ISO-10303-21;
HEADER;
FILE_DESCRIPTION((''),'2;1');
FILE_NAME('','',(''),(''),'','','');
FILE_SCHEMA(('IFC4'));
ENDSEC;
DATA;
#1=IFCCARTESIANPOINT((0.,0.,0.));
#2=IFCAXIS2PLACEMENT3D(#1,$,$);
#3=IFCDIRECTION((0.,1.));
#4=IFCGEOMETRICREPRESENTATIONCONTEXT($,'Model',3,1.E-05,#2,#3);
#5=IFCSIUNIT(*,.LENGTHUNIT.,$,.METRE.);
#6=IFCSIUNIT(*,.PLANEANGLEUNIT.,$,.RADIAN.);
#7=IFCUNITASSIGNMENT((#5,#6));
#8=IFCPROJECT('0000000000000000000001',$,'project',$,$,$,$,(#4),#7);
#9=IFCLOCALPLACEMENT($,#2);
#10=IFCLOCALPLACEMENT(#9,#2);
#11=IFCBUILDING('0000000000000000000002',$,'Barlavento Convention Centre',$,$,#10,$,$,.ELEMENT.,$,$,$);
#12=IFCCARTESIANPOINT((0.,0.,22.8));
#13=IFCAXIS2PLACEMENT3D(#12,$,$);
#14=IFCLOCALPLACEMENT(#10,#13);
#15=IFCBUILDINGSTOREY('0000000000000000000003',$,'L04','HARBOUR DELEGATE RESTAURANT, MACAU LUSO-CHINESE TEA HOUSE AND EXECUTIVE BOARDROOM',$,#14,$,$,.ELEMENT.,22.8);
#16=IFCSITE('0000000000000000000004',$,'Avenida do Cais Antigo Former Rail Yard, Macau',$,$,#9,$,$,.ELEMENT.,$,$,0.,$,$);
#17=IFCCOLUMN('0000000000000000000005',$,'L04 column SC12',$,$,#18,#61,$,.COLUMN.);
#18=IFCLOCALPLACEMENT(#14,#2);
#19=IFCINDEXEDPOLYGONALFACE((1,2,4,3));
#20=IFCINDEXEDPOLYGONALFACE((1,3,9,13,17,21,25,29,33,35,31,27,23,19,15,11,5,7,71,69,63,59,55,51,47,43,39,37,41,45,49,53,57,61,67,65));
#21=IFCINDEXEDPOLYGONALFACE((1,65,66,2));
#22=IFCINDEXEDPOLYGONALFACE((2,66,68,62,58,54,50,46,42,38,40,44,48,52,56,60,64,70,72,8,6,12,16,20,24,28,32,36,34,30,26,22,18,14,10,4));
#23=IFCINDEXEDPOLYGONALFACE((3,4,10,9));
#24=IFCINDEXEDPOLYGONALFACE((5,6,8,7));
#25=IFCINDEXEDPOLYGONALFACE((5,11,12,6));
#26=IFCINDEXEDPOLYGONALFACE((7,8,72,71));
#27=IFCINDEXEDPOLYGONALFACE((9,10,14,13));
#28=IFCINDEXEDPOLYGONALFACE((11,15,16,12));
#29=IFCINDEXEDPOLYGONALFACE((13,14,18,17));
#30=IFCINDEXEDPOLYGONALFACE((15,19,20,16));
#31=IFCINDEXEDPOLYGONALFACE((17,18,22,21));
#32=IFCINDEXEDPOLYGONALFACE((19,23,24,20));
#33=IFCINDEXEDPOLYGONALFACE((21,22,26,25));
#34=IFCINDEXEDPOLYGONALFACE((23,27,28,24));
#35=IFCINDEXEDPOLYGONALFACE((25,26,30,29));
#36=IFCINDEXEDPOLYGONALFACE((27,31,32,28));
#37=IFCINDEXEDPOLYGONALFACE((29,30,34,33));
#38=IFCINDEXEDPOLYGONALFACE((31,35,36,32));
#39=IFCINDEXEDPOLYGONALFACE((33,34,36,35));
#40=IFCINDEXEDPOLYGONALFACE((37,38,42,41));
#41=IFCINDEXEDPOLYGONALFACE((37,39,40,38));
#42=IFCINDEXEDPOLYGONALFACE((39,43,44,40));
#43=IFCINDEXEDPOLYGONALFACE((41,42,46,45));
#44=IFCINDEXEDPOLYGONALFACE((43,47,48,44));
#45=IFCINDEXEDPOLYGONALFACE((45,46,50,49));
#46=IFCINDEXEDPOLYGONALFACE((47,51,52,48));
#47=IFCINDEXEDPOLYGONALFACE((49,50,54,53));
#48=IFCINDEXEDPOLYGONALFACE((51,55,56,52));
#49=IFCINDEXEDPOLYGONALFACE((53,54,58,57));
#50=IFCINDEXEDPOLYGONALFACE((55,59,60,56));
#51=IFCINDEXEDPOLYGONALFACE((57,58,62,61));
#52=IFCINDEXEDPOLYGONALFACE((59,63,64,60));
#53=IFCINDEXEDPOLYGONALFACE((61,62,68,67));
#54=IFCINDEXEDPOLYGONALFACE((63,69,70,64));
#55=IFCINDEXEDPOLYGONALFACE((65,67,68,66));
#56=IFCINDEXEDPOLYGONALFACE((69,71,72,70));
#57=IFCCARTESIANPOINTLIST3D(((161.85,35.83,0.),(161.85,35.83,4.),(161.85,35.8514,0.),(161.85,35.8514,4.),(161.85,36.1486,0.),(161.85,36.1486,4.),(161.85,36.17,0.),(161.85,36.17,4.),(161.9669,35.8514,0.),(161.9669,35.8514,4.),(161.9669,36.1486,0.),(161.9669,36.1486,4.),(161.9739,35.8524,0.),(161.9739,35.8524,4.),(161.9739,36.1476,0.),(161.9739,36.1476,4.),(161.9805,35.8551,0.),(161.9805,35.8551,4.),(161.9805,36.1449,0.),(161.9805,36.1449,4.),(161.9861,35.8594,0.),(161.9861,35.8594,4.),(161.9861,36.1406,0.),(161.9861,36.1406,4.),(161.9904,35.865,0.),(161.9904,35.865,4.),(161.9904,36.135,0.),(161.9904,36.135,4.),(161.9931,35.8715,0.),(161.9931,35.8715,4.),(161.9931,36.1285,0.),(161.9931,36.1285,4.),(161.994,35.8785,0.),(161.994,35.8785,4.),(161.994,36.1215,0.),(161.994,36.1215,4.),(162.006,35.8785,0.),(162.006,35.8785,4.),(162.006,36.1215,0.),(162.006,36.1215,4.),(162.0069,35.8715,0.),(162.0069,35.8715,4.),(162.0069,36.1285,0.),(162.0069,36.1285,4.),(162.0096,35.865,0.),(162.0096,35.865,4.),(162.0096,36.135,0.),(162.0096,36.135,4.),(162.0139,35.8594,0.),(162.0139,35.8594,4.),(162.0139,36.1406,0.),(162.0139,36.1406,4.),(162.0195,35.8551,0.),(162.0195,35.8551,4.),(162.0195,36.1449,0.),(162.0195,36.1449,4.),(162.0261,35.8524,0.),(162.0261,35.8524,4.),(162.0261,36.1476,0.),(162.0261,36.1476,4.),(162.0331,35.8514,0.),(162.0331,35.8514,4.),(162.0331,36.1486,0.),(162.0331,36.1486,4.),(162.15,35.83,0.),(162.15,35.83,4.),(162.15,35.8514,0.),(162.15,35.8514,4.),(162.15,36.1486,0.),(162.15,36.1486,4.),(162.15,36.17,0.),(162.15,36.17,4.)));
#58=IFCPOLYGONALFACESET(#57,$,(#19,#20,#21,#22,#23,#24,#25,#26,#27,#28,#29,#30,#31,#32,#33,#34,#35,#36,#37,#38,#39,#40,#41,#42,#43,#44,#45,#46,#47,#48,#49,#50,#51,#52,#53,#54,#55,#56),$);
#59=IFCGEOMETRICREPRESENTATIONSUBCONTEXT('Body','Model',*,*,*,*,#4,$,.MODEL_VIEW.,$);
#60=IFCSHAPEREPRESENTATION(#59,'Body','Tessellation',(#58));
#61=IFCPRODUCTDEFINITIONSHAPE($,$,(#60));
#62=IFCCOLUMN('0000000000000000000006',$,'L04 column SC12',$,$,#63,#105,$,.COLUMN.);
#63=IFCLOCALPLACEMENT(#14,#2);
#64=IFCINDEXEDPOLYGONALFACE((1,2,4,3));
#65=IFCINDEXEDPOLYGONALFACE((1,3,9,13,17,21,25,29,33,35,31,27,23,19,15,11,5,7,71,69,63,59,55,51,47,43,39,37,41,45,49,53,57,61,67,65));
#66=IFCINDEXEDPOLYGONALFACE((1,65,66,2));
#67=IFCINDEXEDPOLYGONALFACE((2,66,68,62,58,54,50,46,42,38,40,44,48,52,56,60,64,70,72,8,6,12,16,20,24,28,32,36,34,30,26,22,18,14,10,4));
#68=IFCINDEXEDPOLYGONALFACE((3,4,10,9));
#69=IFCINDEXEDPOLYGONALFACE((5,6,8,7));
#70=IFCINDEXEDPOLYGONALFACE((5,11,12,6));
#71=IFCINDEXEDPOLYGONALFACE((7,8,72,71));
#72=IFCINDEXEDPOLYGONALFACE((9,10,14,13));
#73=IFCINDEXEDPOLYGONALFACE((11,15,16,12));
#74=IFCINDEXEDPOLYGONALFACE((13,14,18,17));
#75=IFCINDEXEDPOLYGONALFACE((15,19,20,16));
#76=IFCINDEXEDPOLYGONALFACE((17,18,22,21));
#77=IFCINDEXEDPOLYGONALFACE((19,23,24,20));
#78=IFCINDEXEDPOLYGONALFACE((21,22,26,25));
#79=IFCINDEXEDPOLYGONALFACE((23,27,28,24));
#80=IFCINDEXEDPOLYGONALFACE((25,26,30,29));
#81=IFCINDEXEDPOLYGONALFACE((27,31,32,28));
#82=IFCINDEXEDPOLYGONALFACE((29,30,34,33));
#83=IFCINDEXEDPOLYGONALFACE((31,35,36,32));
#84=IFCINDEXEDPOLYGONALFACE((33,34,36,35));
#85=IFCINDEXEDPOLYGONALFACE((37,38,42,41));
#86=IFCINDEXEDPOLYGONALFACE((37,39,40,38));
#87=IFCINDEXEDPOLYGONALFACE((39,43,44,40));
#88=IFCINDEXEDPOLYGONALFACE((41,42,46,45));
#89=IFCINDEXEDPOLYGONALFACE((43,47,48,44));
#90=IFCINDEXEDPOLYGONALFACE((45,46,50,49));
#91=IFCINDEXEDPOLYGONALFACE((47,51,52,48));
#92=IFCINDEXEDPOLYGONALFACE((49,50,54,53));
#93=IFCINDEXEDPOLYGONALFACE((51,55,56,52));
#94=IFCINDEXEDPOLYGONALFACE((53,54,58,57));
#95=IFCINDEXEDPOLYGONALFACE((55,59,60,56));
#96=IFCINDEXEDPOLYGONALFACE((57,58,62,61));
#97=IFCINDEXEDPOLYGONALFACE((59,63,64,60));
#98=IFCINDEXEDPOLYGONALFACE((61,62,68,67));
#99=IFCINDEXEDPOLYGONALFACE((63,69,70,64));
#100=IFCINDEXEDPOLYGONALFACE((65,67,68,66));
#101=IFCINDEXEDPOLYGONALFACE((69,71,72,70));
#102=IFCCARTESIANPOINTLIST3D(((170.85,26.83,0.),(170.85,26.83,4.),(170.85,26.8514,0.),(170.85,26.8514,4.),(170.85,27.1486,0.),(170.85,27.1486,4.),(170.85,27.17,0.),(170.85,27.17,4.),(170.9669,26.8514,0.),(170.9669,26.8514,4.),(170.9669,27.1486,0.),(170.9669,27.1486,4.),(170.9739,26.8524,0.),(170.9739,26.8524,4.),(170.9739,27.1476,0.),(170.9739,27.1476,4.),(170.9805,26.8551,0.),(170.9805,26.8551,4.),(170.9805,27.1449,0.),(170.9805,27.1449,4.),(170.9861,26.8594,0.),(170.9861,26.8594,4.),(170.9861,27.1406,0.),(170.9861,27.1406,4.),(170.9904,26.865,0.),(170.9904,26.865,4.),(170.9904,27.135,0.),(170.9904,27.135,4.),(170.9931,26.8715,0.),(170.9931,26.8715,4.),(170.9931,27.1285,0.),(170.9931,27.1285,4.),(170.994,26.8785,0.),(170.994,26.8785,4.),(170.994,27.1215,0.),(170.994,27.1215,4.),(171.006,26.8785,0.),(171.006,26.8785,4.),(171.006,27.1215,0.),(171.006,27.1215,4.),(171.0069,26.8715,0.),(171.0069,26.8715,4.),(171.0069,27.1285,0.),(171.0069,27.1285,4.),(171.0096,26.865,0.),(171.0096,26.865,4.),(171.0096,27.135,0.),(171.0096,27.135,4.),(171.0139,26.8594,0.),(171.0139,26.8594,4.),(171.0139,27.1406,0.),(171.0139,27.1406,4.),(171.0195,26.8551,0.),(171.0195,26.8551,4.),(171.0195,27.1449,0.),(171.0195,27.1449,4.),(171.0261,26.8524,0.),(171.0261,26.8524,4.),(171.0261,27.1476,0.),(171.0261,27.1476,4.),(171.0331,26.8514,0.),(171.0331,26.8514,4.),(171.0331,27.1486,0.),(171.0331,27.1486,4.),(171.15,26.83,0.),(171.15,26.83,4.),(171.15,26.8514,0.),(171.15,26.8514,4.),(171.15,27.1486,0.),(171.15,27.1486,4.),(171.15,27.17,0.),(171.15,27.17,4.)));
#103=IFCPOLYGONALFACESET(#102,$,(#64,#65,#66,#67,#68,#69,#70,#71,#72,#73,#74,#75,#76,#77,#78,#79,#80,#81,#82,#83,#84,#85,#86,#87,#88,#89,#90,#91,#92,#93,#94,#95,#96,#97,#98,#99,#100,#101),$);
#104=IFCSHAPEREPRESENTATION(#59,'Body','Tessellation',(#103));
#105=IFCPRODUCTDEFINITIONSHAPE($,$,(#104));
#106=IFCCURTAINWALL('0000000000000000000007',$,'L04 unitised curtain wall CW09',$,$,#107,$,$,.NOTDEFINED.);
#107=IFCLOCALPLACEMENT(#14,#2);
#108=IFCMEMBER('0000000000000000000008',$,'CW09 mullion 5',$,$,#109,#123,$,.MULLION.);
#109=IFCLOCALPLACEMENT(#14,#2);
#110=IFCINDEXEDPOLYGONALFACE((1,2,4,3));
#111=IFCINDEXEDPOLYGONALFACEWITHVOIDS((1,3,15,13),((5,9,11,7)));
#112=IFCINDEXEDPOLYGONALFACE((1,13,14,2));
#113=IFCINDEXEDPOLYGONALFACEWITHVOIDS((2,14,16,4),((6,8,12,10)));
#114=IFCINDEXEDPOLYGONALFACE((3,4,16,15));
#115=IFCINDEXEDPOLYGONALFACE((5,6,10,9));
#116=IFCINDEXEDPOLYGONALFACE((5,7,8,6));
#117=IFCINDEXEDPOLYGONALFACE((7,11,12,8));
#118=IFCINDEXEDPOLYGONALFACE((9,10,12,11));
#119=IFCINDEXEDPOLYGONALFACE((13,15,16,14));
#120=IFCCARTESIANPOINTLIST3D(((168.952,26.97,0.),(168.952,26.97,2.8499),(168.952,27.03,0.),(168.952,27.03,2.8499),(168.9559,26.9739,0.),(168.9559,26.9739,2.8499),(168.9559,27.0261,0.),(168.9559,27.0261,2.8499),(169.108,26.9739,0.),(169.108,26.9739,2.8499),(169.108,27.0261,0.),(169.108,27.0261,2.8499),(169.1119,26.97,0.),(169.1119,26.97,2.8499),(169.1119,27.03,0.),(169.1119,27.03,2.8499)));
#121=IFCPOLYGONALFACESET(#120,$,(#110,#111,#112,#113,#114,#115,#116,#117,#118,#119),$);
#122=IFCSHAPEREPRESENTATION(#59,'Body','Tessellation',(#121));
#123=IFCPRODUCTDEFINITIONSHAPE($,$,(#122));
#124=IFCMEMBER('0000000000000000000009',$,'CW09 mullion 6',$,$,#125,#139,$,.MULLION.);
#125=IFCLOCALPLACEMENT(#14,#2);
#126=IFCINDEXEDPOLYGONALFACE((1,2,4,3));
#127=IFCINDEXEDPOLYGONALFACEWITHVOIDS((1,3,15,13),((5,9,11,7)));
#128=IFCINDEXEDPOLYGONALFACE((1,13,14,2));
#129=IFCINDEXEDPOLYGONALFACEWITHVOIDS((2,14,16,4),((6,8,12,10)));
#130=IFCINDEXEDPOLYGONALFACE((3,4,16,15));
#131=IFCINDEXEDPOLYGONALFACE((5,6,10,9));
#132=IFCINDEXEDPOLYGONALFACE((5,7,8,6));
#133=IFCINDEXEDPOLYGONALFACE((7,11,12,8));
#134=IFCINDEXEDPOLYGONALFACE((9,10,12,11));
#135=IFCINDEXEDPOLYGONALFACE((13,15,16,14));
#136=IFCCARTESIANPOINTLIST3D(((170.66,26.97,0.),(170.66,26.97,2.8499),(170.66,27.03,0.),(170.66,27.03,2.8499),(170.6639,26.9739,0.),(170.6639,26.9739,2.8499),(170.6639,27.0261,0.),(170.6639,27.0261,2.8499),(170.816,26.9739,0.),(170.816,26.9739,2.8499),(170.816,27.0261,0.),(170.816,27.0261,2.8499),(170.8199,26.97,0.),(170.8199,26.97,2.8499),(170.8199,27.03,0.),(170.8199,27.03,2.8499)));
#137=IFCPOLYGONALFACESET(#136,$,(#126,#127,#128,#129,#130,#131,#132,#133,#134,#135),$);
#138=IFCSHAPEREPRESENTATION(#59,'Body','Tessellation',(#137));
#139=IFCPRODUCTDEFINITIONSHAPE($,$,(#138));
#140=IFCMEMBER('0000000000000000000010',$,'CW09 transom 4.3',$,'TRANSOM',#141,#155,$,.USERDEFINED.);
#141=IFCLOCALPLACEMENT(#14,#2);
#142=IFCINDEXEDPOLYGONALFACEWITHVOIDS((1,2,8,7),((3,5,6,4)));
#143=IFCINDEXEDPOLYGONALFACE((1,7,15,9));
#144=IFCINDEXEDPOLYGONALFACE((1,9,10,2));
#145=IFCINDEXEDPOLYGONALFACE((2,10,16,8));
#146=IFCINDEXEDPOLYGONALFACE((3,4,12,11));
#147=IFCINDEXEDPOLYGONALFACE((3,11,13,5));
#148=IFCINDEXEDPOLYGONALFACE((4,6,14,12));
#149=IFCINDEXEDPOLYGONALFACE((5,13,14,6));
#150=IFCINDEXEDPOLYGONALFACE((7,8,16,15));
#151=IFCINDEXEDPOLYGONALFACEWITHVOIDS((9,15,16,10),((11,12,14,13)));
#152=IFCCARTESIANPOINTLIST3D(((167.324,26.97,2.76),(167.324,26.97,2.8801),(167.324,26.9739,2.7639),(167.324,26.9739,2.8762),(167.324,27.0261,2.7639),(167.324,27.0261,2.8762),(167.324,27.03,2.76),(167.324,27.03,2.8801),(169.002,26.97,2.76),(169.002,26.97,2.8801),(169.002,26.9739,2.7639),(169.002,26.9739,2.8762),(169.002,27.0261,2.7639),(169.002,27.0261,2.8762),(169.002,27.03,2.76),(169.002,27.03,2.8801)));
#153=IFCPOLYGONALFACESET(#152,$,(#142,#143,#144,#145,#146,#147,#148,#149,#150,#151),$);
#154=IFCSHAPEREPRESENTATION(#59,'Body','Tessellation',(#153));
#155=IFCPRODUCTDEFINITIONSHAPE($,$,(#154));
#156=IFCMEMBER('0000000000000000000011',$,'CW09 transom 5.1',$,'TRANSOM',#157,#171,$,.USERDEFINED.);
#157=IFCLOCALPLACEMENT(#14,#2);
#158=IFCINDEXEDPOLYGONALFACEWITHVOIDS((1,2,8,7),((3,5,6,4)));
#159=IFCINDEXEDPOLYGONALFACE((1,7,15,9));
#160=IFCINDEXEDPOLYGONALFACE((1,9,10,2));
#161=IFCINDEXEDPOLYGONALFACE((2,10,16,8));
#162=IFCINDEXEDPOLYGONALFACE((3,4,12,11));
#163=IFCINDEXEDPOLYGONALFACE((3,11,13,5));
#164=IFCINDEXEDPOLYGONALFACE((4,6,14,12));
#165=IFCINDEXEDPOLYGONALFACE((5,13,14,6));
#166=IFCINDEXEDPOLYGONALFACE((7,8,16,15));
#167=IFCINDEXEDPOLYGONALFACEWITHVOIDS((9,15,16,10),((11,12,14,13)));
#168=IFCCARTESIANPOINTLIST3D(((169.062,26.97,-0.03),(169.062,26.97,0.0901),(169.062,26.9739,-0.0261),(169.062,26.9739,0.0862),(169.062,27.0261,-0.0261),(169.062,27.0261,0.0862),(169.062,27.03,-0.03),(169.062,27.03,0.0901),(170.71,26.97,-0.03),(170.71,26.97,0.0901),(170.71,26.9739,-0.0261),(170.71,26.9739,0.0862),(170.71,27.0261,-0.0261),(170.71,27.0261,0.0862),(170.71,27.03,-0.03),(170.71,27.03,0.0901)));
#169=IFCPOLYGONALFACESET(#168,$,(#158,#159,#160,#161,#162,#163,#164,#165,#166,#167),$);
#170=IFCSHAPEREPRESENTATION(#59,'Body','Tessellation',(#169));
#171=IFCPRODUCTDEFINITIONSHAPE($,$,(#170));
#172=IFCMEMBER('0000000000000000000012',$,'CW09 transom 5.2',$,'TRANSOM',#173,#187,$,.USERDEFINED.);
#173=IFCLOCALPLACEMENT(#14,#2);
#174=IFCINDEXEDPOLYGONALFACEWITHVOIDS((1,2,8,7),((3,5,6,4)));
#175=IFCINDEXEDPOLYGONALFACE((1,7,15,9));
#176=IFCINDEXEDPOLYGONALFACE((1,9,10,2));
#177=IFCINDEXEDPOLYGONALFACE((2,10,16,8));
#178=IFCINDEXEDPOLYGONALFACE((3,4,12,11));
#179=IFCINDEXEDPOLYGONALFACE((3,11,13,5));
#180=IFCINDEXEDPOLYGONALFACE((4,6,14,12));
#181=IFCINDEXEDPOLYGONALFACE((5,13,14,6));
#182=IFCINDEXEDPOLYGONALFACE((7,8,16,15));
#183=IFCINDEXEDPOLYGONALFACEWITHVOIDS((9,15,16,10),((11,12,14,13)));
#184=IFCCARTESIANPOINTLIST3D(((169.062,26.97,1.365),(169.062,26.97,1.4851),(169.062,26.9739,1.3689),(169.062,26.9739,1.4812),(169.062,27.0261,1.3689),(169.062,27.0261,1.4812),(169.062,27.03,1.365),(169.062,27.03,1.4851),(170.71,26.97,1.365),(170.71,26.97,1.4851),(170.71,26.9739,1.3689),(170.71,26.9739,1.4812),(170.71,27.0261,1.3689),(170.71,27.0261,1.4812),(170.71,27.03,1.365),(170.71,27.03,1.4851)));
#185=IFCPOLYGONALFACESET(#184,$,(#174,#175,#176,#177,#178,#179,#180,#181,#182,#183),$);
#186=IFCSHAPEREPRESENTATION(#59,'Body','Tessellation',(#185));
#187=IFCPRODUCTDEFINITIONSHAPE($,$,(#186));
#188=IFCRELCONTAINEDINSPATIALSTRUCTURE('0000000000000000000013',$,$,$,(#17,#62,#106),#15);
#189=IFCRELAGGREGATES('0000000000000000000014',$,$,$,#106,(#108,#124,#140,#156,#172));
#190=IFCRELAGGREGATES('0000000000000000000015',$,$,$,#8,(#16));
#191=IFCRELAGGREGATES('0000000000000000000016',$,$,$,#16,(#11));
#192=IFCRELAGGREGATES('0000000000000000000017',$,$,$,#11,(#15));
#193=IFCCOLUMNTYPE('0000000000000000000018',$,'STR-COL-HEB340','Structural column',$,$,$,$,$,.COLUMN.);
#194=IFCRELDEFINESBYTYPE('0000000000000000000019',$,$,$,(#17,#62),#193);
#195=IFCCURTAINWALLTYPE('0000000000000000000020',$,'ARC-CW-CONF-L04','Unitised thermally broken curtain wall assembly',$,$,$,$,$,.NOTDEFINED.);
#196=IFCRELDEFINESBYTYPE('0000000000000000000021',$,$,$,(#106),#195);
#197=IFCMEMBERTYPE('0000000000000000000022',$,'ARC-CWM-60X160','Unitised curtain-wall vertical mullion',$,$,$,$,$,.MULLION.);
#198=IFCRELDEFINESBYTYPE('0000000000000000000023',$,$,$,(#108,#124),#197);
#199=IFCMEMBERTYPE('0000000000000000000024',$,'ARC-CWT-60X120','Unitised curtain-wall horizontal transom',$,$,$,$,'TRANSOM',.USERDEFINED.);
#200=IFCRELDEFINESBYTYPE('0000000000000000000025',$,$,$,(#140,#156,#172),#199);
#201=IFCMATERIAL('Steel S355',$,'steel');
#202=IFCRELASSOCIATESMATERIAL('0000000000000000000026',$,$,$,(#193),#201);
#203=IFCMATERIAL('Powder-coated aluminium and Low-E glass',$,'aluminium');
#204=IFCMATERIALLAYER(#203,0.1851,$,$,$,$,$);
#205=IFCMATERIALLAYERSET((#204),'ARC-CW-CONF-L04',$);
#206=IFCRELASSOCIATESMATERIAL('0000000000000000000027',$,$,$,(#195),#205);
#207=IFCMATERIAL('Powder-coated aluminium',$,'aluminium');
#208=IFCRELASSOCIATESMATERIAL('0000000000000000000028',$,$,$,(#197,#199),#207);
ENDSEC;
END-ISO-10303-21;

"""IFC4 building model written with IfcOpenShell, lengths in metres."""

from ifc_helpers import new_model, si_unit, direction, frame, origin, origin_2d, place, context, subcontext, project, spatial, hollow_rectangle, i_section, extrude, material, layer, layer_set, material_profile, profile_set, type_object, element, aggregate, save


model = new_model("IFC4")

# Units and contexts
model_context = context("Model", 3, precision=1e-05, world=origin(), true_north=direction((0.0, 1.0)))
body_context = subcontext(model_context, "Body", "Model", "MODEL_VIEW")
ifc_project = project(units=[si_unit("LENGTHUNIT", "METRE"), si_unit("PLANEANGLEUNIT", "RADIAN")], contexts=[model_context])

# Site, building, storey
site_placement = place(None, origin())
site = spatial("IfcSite", under=ifc_project, at=site_placement, Name="Avenida do Cais Antigo Former Rail Yard, Macau", CompositionType="ELEMENT", RefElevation=0.0)
building_placement = place(site_placement, origin())
building = spatial("IfcBuilding", under=site, at=building_placement, Name="Barlavento Convention Centre", CompositionType="ELEMENT")
storey_placement = place(building_placement, frame((0.0, 0.0, 22.8)))
storey = spatial("IfcBuildingStorey", under=building, at=storey_placement, Name="L04", Description="HARBOUR DELEGATE RESTAURANT, MACAU LUSO-CHINESE TEA HOUSE AND EXECUTIVE BOARDROOM", CompositionType="ELEMENT", Elevation=22.8)

# Columns
ifc_material_1 = material(Name="Steel S355", Category="steel")
ifc_material_profile_1 = material_profile(ifc_material_1, i_section(OverallWidth=0.3, OverallDepth=0.3401, WebThickness=0.012, FlangeThickness=0.0215, FilletRadius=0.0271, at=origin_2d()), Name="HEB 340")
ifc_profile_set_1 = profile_set([ifc_material_profile_1], Name="Steel S355")
column_type = type_object("IfcColumnType", Name="STR-COL-HEB340", Description="Structural column", PredefinedType="COLUMN", material=ifc_profile_set_1)
for number, where, z_axis, x_axis, name in (
    (1, (162.0, 36.0, 0.0), (0.0, 0.0, 1.0), (1.0, 0.0, 0.0), "L04 column SC12"),
    (2, (171.0, 27.0, 0.0), (0.0, 0.0, 1.0), (1.0, 0.0, 0.0), "L04 column SC12"),
):
    element("IfcColumn", number, at=place(storey_placement, frame(where, z_axis=z_axis, x_axis=x_axis)), inside=storey, type_object=column_type, Name=name, PredefinedType="COLUMN", context=body_context, shape_type="SweptSolid", body=[
        extrude(i_section(OverallWidth=0.3, OverallDepth=0.3401, WebThickness=0.012, FlangeThickness=0.0215, FilletRadius=0.0271, at=origin_2d()), origin(), (0.0, 0.0, 1.0), 4.0),
    ])

# Curtain wall, members
ifc_material_2 = material(Name="Powder-coated aluminium and Low-E glass", Category="aluminium")
ifc_layer_1 = layer(ifc_material_2, 0.1851)
ifc_layer_set_1 = layer_set([ifc_layer_1], Name="ARC-CW-CONF-L04")
curtain_wall_type = type_object("IfcCurtainWallType", Name="ARC-CW-CONF-L04", Description="Unitised thermally broken curtain wall assembly", PredefinedType="NOTDEFINED", material=ifc_layer_set_1)
curtain_wall_placement = place(storey_placement, origin())
curtain_wall = element("IfcCurtainWall", 3, at=curtain_wall_placement, inside=storey, type_object=curtain_wall_type, Name="L04 unitised curtain wall CW09", PredefinedType="NOTDEFINED")
ifc_material_3 = material(Name="Powder-coated aluminium", Category="aluminium")
ifc_material_profile_2 = material_profile(ifc_material_3, hollow_rectangle(XDim=0.0601, YDim=0.1599, WallThickness=0.0039, at=origin_2d()), Name="AL-MULL 60x160x4")
ifc_profile_set_2 = profile_set([ifc_material_profile_2], Name="Powder-coated aluminium")
member_type_1 = type_object("IfcMemberType", Name="ARC-CWM-60X160", Description="Unitised curtain-wall vertical mullion", PredefinedType="MULLION", material=ifc_profile_set_2)
member_1_placement = place(storey_placement, frame((169.032, 27.0, 0.0), z_axis=(0.0, 0.0, 1.0), x_axis=(0.0, 1.0, 0.0)))
member_1 = element("IfcMember", 4, at=member_1_placement, type_object=member_type_1, Name="CW09 mullion 5", PredefinedType="MULLION", context=body_context, shape_type="SweptSolid", body=[
    extrude(hollow_rectangle(XDim=0.0601, YDim=0.1599, WallThickness=0.0039, at=origin_2d()), origin(), (0.0, 0.0, 1.0), 2.8499),
])
member_2_placement = place(storey_placement, frame((170.74, 27.0, 0.0), z_axis=(0.0, 0.0, 1.0), x_axis=(0.0, 1.0, 0.0)))
member_2 = element("IfcMember", 5, at=member_2_placement, type_object=member_type_1, Name="CW09 mullion 6", PredefinedType="MULLION", context=body_context, shape_type="SweptSolid", body=[
    extrude(hollow_rectangle(XDim=0.0601, YDim=0.1599, WallThickness=0.0039, at=origin_2d()), origin(), (0.0, 0.0, 1.0), 2.8499),
])
ifc_material_profile_3 = material_profile(ifc_material_3, hollow_rectangle(XDim=0.0601, YDim=0.1201, WallThickness=0.0039, at=origin_2d()), Name="AL-TRAN 60x120x4")
ifc_profile_set_3 = profile_set([ifc_material_profile_3], Name="Powder-coated aluminium")
member_type_2 = type_object("IfcMemberType", Name="ARC-CWT-60X120", Description="Unitised curtain-wall horizontal transom", ElementType="TRANSOM", PredefinedType="USERDEFINED", material=ifc_profile_set_3)
member_3_placement = place(storey_placement, frame((167.324, 27.0, 2.8201), z_axis=(1.0, 0.0, 0.0), x_axis=(0.0, 1.0, 0.0)))
member_3 = element("IfcMember", 6, at=member_3_placement, type_object=member_type_2, Name="CW09 transom 4.3", ObjectType="TRANSOM", PredefinedType="USERDEFINED", context=body_context, shape_type="SweptSolid", body=[
    extrude(hollow_rectangle(XDim=0.0601, YDim=0.1201, WallThickness=0.0039, at=origin_2d()), origin(), (0.0, 0.0, 1.0), 1.678),
])
member_4_placement = place(storey_placement, frame((169.062, 27.0, 0.03), z_axis=(1.0, 0.0, 0.0), x_axis=(0.0, 1.0, 0.0)))
member_4 = element("IfcMember", 7, at=member_4_placement, type_object=member_type_2, Name="CW09 transom 5.1", ObjectType="TRANSOM", PredefinedType="USERDEFINED", context=body_context, shape_type="SweptSolid", body=[
    extrude(hollow_rectangle(XDim=0.0601, YDim=0.1201, WallThickness=0.0039, at=origin_2d()), origin(), (0.0, 0.0, 1.0), 1.6479),
])
member_5_placement = place(storey_placement, frame((169.062, 27.0, 1.425), z_axis=(1.0, 0.0, 0.0), x_axis=(0.0, 1.0, 0.0)))
member_5 = element("IfcMember", 8, at=member_5_placement, type_object=member_type_2, Name="CW09 transom 5.2", ObjectType="TRANSOM", PredefinedType="USERDEFINED", context=body_context, shape_type="SweptSolid", body=[
    extrude(hollow_rectangle(XDim=0.0601, YDim=0.1201, WallThickness=0.0039, at=origin_2d()), origin(), (0.0, 0.0, 1.0), 1.6479),
])

aggregate(curtain_wall, [member_1, member_2, member_3, member_4, member_5])

save(model, "model.ifc")
